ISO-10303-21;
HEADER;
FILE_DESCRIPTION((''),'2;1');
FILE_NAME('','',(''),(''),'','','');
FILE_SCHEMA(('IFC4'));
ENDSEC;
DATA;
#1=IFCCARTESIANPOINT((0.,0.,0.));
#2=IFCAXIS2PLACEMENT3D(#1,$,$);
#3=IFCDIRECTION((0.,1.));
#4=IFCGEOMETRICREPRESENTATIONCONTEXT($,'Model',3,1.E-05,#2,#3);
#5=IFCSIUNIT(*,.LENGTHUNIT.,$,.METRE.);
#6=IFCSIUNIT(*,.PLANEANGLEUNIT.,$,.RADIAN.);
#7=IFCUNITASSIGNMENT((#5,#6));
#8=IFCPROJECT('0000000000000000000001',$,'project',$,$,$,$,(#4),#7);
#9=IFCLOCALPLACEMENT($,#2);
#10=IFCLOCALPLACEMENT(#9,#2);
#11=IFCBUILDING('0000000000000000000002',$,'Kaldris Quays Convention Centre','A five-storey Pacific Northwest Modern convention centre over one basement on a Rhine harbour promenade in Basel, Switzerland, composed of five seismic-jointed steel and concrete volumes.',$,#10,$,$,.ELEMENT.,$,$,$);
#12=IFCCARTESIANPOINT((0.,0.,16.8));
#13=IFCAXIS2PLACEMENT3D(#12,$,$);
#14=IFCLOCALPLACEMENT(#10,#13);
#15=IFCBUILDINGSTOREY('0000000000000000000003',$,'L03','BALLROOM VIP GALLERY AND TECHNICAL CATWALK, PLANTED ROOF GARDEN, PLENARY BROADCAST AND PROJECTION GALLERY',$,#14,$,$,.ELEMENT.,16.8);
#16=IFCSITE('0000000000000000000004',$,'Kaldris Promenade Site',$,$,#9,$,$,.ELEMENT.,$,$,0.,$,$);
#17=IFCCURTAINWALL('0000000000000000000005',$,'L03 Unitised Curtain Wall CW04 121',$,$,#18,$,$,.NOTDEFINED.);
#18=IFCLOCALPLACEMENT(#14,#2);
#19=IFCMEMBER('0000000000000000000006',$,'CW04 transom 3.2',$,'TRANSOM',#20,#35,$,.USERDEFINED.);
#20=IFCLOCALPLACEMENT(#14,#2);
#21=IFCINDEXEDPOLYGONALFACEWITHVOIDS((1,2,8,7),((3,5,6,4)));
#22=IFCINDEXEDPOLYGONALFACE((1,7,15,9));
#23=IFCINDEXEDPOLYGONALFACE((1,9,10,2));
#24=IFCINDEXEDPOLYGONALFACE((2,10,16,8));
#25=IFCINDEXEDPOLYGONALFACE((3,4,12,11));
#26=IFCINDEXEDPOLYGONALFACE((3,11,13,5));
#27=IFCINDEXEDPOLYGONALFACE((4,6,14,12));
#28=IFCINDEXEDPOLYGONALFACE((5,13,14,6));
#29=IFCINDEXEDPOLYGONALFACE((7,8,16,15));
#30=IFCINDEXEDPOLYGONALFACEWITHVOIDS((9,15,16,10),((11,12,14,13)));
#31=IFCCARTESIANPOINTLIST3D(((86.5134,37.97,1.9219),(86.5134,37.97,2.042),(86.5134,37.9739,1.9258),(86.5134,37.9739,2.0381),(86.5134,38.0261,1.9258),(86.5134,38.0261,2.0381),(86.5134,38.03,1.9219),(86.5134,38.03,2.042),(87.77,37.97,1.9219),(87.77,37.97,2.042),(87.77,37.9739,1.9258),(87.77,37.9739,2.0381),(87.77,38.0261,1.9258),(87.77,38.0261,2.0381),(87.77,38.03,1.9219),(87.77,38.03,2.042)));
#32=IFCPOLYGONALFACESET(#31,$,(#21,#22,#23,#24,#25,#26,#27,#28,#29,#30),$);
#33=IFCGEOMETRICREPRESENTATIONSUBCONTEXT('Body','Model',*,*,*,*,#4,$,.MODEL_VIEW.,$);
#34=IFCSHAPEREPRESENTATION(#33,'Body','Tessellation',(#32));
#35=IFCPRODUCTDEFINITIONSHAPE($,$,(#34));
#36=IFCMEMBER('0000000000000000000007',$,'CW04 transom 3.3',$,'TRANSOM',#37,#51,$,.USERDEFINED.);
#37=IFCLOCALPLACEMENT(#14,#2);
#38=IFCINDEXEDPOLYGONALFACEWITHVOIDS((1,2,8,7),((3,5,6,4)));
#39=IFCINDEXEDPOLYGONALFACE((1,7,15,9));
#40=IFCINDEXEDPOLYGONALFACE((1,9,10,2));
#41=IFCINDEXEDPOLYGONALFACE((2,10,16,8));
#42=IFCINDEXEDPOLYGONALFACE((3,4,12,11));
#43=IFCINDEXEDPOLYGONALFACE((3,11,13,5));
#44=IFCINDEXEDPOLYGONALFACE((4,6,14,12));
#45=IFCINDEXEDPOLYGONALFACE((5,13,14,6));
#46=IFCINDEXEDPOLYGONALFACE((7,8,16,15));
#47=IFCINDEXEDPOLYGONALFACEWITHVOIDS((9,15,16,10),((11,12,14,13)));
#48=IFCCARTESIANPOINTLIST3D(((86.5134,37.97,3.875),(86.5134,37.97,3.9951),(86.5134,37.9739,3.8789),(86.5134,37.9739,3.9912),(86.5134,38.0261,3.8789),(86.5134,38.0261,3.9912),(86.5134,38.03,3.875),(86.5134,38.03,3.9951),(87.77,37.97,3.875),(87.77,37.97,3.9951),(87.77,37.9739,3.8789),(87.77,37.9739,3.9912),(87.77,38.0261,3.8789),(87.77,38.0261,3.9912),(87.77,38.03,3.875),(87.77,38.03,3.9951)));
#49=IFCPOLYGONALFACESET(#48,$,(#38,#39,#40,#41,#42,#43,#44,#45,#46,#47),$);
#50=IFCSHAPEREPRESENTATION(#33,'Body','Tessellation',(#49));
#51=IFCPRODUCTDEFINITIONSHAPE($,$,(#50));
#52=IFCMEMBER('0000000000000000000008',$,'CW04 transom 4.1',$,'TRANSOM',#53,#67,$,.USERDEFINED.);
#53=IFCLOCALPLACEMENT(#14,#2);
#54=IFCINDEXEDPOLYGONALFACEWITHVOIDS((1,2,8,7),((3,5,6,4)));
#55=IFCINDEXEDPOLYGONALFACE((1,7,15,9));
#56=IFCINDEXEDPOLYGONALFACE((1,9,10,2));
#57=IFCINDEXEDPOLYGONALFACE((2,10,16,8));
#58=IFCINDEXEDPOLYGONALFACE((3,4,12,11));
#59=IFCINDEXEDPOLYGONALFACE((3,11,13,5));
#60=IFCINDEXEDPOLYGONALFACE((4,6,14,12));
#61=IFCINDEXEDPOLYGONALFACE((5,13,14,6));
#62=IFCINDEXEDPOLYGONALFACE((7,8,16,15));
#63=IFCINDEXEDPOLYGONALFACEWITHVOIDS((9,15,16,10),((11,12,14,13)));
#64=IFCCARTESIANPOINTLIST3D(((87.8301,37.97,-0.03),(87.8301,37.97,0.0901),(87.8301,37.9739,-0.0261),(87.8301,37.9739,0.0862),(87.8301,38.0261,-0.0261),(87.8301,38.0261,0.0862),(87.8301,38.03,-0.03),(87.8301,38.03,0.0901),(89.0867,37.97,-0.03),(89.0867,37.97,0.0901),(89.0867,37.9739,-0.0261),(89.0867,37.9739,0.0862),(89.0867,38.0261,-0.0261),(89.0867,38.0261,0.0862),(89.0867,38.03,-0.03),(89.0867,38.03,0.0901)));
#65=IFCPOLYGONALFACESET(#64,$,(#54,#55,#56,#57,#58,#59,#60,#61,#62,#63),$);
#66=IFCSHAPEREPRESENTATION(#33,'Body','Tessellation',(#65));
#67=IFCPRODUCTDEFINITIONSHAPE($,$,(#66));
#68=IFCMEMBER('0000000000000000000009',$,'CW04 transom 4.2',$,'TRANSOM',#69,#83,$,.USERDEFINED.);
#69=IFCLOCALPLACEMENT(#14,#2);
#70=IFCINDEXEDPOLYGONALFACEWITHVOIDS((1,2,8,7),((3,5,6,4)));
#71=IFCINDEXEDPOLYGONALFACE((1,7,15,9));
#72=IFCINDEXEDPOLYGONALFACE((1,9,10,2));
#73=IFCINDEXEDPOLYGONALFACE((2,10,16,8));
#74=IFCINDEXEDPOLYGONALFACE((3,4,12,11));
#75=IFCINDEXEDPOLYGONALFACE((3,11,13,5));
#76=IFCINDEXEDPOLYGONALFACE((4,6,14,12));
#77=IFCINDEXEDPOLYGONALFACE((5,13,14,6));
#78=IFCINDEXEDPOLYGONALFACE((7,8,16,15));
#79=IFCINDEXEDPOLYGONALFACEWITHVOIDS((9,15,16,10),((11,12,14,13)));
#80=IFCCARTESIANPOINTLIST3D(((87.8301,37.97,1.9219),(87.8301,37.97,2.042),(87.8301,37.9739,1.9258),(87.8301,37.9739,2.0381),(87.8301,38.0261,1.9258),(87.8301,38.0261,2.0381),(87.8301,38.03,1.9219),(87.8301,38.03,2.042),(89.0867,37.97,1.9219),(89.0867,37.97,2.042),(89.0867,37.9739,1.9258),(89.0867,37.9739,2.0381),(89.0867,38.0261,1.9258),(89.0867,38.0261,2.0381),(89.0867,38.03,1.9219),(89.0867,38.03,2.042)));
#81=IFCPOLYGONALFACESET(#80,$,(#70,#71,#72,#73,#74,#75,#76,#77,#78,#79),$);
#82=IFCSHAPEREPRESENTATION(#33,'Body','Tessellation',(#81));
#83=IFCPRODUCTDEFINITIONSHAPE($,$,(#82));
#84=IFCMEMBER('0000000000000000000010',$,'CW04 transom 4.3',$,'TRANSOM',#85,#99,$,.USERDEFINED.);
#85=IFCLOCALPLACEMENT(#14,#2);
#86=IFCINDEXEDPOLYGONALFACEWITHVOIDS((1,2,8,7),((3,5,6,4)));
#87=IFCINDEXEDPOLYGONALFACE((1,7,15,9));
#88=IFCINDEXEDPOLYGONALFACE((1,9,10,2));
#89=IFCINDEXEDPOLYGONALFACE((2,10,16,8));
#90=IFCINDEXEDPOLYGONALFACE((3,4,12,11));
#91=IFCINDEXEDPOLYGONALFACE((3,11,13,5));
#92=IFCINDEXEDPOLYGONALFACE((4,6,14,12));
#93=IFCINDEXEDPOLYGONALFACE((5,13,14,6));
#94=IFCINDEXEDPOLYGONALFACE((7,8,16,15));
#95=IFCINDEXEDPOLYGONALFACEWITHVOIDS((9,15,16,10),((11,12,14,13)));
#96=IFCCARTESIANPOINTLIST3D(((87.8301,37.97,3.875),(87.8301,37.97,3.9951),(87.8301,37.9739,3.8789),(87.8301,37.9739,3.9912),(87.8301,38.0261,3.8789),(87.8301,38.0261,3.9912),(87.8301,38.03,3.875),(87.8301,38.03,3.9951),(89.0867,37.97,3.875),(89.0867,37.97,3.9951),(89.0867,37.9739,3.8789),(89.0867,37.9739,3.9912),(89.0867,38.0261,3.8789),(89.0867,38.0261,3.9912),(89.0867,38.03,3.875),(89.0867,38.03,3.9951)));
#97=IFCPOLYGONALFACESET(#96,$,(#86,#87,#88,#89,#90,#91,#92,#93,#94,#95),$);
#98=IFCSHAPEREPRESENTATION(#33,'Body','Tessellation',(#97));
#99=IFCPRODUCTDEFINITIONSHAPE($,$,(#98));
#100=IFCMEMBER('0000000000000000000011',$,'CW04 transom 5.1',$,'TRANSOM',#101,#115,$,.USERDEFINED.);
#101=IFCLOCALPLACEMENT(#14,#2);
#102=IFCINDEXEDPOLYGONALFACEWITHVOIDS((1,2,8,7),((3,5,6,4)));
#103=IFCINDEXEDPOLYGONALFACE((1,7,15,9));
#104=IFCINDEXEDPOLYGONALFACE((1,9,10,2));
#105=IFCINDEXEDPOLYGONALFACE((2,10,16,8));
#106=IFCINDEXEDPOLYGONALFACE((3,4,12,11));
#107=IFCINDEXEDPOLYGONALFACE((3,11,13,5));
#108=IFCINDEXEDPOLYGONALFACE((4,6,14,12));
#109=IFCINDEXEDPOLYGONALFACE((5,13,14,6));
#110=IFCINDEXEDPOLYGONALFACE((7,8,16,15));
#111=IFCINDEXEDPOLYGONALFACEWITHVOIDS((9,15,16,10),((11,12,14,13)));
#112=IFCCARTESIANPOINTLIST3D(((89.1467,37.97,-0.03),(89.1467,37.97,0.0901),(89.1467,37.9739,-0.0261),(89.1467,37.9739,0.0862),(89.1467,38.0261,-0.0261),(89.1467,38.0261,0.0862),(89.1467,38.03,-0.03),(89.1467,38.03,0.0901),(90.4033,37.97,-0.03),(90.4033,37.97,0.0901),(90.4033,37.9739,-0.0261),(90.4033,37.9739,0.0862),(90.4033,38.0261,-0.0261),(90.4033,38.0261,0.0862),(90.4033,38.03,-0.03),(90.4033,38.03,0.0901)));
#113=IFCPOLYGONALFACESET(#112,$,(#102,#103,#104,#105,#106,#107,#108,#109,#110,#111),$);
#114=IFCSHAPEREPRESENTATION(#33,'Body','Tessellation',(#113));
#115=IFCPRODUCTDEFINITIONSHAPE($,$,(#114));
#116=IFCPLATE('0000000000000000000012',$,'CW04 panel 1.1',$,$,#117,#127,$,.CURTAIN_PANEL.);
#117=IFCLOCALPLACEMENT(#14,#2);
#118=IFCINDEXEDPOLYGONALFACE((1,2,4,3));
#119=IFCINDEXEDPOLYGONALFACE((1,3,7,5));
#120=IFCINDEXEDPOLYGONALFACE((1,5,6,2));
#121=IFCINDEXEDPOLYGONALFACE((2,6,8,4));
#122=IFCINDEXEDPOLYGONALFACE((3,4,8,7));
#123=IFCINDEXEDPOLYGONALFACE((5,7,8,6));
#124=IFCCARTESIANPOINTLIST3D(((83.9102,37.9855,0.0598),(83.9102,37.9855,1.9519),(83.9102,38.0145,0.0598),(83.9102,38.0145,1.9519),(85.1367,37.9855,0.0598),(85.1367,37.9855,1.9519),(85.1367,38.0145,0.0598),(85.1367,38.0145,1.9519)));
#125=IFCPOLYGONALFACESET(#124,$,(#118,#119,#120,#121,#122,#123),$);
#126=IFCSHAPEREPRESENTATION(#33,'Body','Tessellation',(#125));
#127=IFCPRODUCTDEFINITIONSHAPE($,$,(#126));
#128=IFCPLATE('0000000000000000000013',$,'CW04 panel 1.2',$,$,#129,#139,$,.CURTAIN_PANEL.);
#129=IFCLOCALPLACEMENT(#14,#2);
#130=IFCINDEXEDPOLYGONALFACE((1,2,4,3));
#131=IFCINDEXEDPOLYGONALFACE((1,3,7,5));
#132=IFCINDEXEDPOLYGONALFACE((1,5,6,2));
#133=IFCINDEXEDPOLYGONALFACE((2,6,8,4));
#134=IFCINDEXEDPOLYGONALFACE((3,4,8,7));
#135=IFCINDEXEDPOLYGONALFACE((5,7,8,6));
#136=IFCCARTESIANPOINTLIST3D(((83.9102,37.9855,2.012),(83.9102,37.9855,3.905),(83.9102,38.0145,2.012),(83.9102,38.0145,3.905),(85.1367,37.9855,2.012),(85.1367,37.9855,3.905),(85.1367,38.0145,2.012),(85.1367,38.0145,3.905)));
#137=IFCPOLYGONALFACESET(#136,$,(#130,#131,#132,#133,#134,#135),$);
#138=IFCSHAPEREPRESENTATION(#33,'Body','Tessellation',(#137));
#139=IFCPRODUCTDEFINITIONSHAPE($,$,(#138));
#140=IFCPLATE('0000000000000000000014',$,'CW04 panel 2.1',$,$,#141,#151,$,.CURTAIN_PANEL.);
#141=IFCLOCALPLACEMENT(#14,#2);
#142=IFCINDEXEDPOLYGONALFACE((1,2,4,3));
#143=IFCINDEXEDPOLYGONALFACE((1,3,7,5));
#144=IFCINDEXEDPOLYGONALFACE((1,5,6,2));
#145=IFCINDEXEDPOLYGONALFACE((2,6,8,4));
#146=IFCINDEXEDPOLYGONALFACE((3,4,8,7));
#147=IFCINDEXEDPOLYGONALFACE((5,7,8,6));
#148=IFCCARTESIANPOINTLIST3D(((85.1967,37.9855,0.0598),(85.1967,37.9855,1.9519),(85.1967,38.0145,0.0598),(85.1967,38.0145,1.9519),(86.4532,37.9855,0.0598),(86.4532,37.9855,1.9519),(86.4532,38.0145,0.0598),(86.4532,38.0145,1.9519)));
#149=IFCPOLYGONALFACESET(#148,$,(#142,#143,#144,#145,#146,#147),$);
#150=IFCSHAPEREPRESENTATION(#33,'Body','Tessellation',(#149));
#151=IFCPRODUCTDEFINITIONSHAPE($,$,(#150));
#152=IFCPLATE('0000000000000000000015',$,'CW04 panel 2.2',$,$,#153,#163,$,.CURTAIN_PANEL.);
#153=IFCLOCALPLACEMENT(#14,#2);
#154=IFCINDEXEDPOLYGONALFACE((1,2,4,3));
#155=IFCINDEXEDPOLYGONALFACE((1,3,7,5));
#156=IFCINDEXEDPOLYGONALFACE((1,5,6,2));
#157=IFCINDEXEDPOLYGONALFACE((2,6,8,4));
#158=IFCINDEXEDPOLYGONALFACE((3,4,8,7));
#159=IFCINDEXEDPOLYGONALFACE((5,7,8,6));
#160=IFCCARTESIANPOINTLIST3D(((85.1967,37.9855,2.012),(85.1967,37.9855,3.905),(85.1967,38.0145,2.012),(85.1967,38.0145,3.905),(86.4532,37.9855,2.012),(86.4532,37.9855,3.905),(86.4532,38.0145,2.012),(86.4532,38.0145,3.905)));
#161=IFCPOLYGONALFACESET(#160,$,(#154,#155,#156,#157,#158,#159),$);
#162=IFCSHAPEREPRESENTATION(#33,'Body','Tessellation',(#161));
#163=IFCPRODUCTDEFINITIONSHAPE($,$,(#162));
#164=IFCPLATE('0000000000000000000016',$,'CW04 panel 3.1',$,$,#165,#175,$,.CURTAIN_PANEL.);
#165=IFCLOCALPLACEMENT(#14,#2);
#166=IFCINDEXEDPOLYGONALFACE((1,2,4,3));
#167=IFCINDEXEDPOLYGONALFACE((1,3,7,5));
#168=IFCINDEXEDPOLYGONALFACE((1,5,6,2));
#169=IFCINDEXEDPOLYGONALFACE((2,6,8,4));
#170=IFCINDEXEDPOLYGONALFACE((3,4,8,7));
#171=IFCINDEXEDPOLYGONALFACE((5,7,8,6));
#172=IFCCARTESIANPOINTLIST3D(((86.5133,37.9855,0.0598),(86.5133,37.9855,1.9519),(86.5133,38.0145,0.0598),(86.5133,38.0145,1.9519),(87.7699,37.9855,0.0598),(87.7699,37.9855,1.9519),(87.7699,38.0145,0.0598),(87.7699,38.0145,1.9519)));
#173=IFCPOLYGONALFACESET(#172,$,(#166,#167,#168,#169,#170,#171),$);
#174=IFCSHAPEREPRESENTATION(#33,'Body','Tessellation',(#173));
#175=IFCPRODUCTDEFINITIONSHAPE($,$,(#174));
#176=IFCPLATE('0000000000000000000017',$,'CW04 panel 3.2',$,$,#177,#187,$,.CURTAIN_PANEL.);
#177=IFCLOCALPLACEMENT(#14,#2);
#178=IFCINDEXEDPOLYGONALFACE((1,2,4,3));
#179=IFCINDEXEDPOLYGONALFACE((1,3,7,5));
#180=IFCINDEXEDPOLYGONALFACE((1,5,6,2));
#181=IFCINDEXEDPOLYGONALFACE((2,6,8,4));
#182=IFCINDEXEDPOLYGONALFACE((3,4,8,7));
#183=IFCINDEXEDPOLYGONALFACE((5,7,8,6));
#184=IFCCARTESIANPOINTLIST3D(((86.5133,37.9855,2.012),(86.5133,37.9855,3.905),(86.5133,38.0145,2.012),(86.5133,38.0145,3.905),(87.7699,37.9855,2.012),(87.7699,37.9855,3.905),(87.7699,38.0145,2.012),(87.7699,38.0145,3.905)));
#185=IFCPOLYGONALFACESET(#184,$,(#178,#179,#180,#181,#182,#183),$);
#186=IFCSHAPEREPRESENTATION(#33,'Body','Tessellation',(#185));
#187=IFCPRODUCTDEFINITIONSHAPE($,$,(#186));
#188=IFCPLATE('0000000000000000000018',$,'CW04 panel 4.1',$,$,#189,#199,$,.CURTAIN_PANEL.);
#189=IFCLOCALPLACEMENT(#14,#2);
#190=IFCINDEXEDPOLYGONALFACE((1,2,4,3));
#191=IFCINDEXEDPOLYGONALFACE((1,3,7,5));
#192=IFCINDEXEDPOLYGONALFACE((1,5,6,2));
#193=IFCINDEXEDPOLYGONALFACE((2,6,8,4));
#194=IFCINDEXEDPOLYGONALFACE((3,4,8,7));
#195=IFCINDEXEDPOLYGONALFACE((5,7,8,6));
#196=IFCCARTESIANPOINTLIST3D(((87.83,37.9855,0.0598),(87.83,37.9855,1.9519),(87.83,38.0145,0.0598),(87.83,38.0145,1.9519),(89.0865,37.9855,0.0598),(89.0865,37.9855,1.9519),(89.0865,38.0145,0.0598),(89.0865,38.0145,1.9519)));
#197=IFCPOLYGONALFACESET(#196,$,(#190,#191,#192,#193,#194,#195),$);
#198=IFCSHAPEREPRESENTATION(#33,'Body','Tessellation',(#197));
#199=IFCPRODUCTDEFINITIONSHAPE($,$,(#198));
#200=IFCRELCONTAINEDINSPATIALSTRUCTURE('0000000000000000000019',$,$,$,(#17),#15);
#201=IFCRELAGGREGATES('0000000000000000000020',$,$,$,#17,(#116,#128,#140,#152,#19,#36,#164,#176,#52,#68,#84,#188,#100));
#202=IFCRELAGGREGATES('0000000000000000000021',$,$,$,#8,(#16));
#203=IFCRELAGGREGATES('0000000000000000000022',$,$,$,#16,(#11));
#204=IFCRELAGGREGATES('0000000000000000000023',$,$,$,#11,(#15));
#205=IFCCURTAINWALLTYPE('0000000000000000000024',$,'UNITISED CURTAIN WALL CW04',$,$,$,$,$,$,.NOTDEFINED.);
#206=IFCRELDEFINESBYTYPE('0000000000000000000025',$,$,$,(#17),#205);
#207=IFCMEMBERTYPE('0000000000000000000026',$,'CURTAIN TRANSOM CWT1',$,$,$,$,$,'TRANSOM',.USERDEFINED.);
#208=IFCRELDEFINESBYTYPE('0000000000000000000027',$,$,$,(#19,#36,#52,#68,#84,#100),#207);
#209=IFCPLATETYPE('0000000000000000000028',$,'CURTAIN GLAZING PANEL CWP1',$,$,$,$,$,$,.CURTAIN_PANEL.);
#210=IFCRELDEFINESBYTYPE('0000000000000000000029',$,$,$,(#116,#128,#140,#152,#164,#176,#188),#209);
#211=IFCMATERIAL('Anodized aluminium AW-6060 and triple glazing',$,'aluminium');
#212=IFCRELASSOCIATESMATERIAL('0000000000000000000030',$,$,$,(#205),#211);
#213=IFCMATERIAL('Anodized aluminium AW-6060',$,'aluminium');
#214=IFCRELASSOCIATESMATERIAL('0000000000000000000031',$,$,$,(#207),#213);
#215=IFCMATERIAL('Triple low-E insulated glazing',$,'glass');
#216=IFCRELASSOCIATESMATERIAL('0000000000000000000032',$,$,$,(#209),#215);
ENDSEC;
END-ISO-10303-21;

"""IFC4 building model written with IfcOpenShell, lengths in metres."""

from ifc_helpers import new_model, si_unit, direction, frame, origin, origin_2d, place, context, subcontext, project, spatial, rectangle, hollow_rectangle, extrude, material, material_profile, profile_set, type_object, element, aggregate, save


model = new_model("IFC4")

# Units and contexts
model_context = context("Model", 3, precision=1e-05, world=origin(), true_north=direction((0.0, 1.0)))
body_context = subcontext(model_context, "Body", "Model", "MODEL_VIEW")
ifc_project = project(units=[si_unit("LENGTHUNIT", "METRE"), si_unit("PLANEANGLEUNIT", "RADIAN")], contexts=[model_context])

# Site, building, storey
site_placement = place(None, origin())
site = spatial("IfcSite", under=ifc_project, at=site_placement, Name="Kaldris Promenade Site", CompositionType="ELEMENT", RefElevation=0.0)
building_placement = place(site_placement, origin())
building = spatial("IfcBuilding", under=site, at=building_placement, Name="Kaldris Quays Convention Centre", Description="A five-storey Pacific Northwest Modern convention centre over one basement on a Rhine harbour promenade in Basel, Switzerland, composed of five seismic-jointed steel and concrete volumes.", CompositionType="ELEMENT")
storey_placement = place(building_placement, frame((0.0, 0.0, 16.8)))
storey = spatial("IfcBuildingStorey", under=building, at=storey_placement, Name="L03", Description="BALLROOM VIP GALLERY AND TECHNICAL CATWALK, PLANTED ROOF GARDEN, PLENARY BROADCAST AND PROJECTION GALLERY", CompositionType="ELEMENT", Elevation=16.8)

# Curtain wall, members, plates
ifc_material_1 = material(Name="Anodized aluminium AW-6060 and triple glazing", Category="aluminium")
curtain_wall_type = type_object("IfcCurtainWallType", Name="UNITISED CURTAIN WALL CW04", PredefinedType="NOTDEFINED", material=ifc_material_1)
curtain_wall_placement = place(storey_placement, origin())
curtain_wall = element("IfcCurtainWall", 1, at=curtain_wall_placement, inside=storey, type_object=curtain_wall_type, Name="L03 Unitised Curtain Wall CW04 121", PredefinedType="NOTDEFINED")
ifc_material_2 = material(Name="Anodized aluminium AW-6060", Category="aluminium")
ifc_material_profile_1 = material_profile(ifc_material_2, hollow_rectangle(XDim=0.0601, YDim=0.1201, WallThickness=0.0039, at=origin_2d()), Name="RHS 120x60x4")
ifc_profile_set_1 = profile_set([ifc_material_profile_1], Name="Anodized aluminium AW-6060")
member_type_1 = type_object("IfcMemberType", Name="CURTAIN TRANSOM CWT1", ElementType="TRANSOM", PredefinedType="USERDEFINED", material=ifc_profile_set_1)
member_1_placement = place(storey_placement, frame((86.5134, 38.0, 1.9819), z_axis=(1.0, 0.0, 0.0), x_axis=(0.0, 1.0, 0.0)))
member_1 = element("IfcMember", 2, at=member_1_placement, type_object=member_type_1, Name="CW04 transom 3.2", ObjectType="TRANSOM", PredefinedType="USERDEFINED", context=body_context, shape_type="SweptSolid", body=[
    extrude(hollow_rectangle(XDim=0.0601, YDim=0.1201, WallThickness=0.0039, at=origin_2d()), origin(), (0.0, 0.0, 1.0), 1.2566),
])
member_2_placement = place(storey_placement, frame((86.5134, 38.0, 3.9351), z_axis=(1.0, 0.0, 0.0), x_axis=(0.0, 1.0, 0.0)))
member_2 = element("IfcMember", 3, at=member_2_placement, type_object=member_type_1, Name="CW04 transom 3.3", ObjectType="TRANSOM", PredefinedType="USERDEFINED", context=body_context, shape_type="SweptSolid", body=[
    extrude(hollow_rectangle(XDim=0.0601, YDim=0.1201, WallThickness=0.0039, at=origin_2d()), origin(), (0.0, 0.0, 1.0), 1.2566),
])
member_3_placement = place(storey_placement, frame((87.8301, 38.0, 0.03), z_axis=(1.0, 0.0, 0.0), x_axis=(0.0, 1.0, 0.0)))
member_3 = element("IfcMember", 4, at=member_3_placement, type_object=member_type_1, Name="CW04 transom 4.1", ObjectType="TRANSOM", PredefinedType="USERDEFINED", context=body_context, shape_type="SweptSolid", body=[
    extrude(hollow_rectangle(XDim=0.0601, YDim=0.1201, WallThickness=0.0039, at=origin_2d()), origin(), (0.0, 0.0, 1.0), 1.2566),
])
member_4_placement = place(storey_placement, frame((87.8301, 38.0, 1.9819), z_axis=(1.0, 0.0, 0.0), x_axis=(0.0, 1.0, 0.0)))
member_4 = element("IfcMember", 5, at=member_4_placement, type_object=member_type_1, Name="CW04 transom 4.2", ObjectType="TRANSOM", PredefinedType="USERDEFINED", context=body_context, shape_type="SweptSolid", body=[
    extrude(hollow_rectangle(XDim=0.0601, YDim=0.1201, WallThickness=0.0039, at=origin_2d()), origin(), (0.0, 0.0, 1.0), 1.2566),
])
member_5_placement = place(storey_placement, frame((87.8301, 38.0, 3.9351), z_axis=(1.0, 0.0, 0.0), x_axis=(0.0, 1.0, 0.0)))
member_5 = element("IfcMember", 6, at=member_5_placement, type_object=member_type_1, Name="CW04 transom 4.3", ObjectType="TRANSOM", PredefinedType="USERDEFINED", context=body_context, shape_type="SweptSolid", body=[
    extrude(hollow_rectangle(XDim=0.0601, YDim=0.1201, WallThickness=0.0039, at=origin_2d()), origin(), (0.0, 0.0, 1.0), 1.2566),
])
member_6_placement = place(storey_placement, frame((89.1467, 38.0, 0.03), z_axis=(1.0, 0.0, 0.0), x_axis=(0.0, 1.0, 0.0)))
member_6 = element("IfcMember", 7, at=member_6_placement, type_object=member_type_1, Name="CW04 transom 5.1", ObjectType="TRANSOM", PredefinedType="USERDEFINED", context=body_context, shape_type="SweptSolid", body=[
    extrude(hollow_rectangle(XDim=0.0601, YDim=0.1201, WallThickness=0.0039, at=origin_2d()), origin(), (0.0, 0.0, 1.0), 1.2566),
])
ifc_material_3 = material(Name="Triple low-E insulated glazing", Category="glass")
plate_type = type_object("IfcPlateType", Name="CURTAIN GLAZING PANEL CWP1", PredefinedType="CURTAIN_PANEL", material=ifc_material_3)
plate_1_placement = place(storey_placement, frame((84.5234, 38.0, 0.0598), z_axis=(0.0, 0.0, 1.0), x_axis=(1.0, 0.0, 0.0)))
plate_1 = element("IfcPlate", 8, at=plate_1_placement, type_object=plate_type, Name="CW04 panel 1.1", PredefinedType="CURTAIN_PANEL", context=body_context, shape_type="SweptSolid", body=[
    extrude(rectangle(XDim=1.2266, YDim=0.0291, at=origin_2d()), origin(), (0.0, 0.0, 1.0), 1.8921),
])
plate_2_placement = place(storey_placement, frame((84.5234, 38.0, 2.012), z_axis=(0.0, 0.0, 1.0), x_axis=(1.0, 0.0, 0.0)))
plate_2 = element("IfcPlate", 9, at=plate_2_placement, type_object=plate_type, Name="CW04 panel 1.2", PredefinedType="CURTAIN_PANEL", context=body_context, shape_type="SweptSolid", body=[
    extrude(rectangle(XDim=1.2266, YDim=0.0291, at=origin_2d()), origin(), (0.0, 0.0, 1.0), 1.8931),
])
plate_3_placement = place(storey_placement, frame((85.825, 38.0, 0.0598), z_axis=(0.0, 0.0, 1.0), x_axis=(1.0, 0.0, 0.0)))
plate_3 = element("IfcPlate", 10, at=plate_3_placement, type_object=plate_type, Name="CW04 panel 2.1", PredefinedType="CURTAIN_PANEL", context=body_context, shape_type="SweptSolid", body=[
    extrude(rectangle(XDim=1.2566, YDim=0.0291, at=origin_2d()), origin(), (0.0, 0.0, 1.0), 1.8921),
])
plate_4_placement = place(storey_placement, frame((85.825, 38.0, 2.012), z_axis=(0.0, 0.0, 1.0), x_axis=(1.0, 0.0, 0.0)))
plate_4 = element("IfcPlate", 11, at=plate_4_placement, type_object=plate_type, Name="CW04 panel 2.2", PredefinedType="CURTAIN_PANEL", context=body_context, shape_type="SweptSolid", body=[
    extrude(rectangle(XDim=1.2566, YDim=0.0291, at=origin_2d()), origin(), (0.0, 0.0, 1.0), 1.8931),
])
plate_5_placement = place(storey_placement, frame((87.1416, 38.0, 0.0598), z_axis=(0.0, 0.0, 1.0), x_axis=(1.0, 0.0, 0.0)))
plate_5 = element("IfcPlate", 12, at=plate_5_placement, type_object=plate_type, Name="CW04 panel 3.1", PredefinedType="CURTAIN_PANEL", context=body_context, shape_type="SweptSolid", body=[
    extrude(rectangle(XDim=1.2566, YDim=0.0291, at=origin_2d()), origin(), (0.0, 0.0, 1.0), 1.8921),
])
plate_6_placement = place(storey_placement, frame((87.1416, 38.0, 2.012), z_axis=(0.0, 0.0, 1.0), x_axis=(1.0, 0.0, 0.0)))
plate_6 = element("IfcPlate", 13, at=plate_6_placement, type_object=plate_type, Name="CW04 panel 3.2", PredefinedType="CURTAIN_PANEL", context=body_context, shape_type="SweptSolid", body=[
    extrude(rectangle(XDim=1.2566, YDim=0.0291, at=origin_2d()), origin(), (0.0, 0.0, 1.0), 1.8931),
])
plate_7_placement = place(storey_placement, frame((88.4583, 38.0, 0.0598), z_axis=(0.0, 0.0, 1.0), x_axis=(1.0, 0.0, 0.0)))
plate_7 = element("IfcPlate", 14, at=plate_7_placement, type_object=plate_type, Name="CW04 panel 4.1", PredefinedType="CURTAIN_PANEL", context=body_context, shape_type="SweptSolid", body=[
    extrude(rectangle(XDim=1.2566, YDim=0.0291, at=origin_2d()), origin(), (0.0, 0.0, 1.0), 1.8921),
])
aggregate(curtain_wall, [plate_1, plate_2, plate_3, plate_4, member_1, member_2, plate_5, plate_6, member_3, member_4, member_5, plate_7, member_6])

save(model, "model.ifc")
